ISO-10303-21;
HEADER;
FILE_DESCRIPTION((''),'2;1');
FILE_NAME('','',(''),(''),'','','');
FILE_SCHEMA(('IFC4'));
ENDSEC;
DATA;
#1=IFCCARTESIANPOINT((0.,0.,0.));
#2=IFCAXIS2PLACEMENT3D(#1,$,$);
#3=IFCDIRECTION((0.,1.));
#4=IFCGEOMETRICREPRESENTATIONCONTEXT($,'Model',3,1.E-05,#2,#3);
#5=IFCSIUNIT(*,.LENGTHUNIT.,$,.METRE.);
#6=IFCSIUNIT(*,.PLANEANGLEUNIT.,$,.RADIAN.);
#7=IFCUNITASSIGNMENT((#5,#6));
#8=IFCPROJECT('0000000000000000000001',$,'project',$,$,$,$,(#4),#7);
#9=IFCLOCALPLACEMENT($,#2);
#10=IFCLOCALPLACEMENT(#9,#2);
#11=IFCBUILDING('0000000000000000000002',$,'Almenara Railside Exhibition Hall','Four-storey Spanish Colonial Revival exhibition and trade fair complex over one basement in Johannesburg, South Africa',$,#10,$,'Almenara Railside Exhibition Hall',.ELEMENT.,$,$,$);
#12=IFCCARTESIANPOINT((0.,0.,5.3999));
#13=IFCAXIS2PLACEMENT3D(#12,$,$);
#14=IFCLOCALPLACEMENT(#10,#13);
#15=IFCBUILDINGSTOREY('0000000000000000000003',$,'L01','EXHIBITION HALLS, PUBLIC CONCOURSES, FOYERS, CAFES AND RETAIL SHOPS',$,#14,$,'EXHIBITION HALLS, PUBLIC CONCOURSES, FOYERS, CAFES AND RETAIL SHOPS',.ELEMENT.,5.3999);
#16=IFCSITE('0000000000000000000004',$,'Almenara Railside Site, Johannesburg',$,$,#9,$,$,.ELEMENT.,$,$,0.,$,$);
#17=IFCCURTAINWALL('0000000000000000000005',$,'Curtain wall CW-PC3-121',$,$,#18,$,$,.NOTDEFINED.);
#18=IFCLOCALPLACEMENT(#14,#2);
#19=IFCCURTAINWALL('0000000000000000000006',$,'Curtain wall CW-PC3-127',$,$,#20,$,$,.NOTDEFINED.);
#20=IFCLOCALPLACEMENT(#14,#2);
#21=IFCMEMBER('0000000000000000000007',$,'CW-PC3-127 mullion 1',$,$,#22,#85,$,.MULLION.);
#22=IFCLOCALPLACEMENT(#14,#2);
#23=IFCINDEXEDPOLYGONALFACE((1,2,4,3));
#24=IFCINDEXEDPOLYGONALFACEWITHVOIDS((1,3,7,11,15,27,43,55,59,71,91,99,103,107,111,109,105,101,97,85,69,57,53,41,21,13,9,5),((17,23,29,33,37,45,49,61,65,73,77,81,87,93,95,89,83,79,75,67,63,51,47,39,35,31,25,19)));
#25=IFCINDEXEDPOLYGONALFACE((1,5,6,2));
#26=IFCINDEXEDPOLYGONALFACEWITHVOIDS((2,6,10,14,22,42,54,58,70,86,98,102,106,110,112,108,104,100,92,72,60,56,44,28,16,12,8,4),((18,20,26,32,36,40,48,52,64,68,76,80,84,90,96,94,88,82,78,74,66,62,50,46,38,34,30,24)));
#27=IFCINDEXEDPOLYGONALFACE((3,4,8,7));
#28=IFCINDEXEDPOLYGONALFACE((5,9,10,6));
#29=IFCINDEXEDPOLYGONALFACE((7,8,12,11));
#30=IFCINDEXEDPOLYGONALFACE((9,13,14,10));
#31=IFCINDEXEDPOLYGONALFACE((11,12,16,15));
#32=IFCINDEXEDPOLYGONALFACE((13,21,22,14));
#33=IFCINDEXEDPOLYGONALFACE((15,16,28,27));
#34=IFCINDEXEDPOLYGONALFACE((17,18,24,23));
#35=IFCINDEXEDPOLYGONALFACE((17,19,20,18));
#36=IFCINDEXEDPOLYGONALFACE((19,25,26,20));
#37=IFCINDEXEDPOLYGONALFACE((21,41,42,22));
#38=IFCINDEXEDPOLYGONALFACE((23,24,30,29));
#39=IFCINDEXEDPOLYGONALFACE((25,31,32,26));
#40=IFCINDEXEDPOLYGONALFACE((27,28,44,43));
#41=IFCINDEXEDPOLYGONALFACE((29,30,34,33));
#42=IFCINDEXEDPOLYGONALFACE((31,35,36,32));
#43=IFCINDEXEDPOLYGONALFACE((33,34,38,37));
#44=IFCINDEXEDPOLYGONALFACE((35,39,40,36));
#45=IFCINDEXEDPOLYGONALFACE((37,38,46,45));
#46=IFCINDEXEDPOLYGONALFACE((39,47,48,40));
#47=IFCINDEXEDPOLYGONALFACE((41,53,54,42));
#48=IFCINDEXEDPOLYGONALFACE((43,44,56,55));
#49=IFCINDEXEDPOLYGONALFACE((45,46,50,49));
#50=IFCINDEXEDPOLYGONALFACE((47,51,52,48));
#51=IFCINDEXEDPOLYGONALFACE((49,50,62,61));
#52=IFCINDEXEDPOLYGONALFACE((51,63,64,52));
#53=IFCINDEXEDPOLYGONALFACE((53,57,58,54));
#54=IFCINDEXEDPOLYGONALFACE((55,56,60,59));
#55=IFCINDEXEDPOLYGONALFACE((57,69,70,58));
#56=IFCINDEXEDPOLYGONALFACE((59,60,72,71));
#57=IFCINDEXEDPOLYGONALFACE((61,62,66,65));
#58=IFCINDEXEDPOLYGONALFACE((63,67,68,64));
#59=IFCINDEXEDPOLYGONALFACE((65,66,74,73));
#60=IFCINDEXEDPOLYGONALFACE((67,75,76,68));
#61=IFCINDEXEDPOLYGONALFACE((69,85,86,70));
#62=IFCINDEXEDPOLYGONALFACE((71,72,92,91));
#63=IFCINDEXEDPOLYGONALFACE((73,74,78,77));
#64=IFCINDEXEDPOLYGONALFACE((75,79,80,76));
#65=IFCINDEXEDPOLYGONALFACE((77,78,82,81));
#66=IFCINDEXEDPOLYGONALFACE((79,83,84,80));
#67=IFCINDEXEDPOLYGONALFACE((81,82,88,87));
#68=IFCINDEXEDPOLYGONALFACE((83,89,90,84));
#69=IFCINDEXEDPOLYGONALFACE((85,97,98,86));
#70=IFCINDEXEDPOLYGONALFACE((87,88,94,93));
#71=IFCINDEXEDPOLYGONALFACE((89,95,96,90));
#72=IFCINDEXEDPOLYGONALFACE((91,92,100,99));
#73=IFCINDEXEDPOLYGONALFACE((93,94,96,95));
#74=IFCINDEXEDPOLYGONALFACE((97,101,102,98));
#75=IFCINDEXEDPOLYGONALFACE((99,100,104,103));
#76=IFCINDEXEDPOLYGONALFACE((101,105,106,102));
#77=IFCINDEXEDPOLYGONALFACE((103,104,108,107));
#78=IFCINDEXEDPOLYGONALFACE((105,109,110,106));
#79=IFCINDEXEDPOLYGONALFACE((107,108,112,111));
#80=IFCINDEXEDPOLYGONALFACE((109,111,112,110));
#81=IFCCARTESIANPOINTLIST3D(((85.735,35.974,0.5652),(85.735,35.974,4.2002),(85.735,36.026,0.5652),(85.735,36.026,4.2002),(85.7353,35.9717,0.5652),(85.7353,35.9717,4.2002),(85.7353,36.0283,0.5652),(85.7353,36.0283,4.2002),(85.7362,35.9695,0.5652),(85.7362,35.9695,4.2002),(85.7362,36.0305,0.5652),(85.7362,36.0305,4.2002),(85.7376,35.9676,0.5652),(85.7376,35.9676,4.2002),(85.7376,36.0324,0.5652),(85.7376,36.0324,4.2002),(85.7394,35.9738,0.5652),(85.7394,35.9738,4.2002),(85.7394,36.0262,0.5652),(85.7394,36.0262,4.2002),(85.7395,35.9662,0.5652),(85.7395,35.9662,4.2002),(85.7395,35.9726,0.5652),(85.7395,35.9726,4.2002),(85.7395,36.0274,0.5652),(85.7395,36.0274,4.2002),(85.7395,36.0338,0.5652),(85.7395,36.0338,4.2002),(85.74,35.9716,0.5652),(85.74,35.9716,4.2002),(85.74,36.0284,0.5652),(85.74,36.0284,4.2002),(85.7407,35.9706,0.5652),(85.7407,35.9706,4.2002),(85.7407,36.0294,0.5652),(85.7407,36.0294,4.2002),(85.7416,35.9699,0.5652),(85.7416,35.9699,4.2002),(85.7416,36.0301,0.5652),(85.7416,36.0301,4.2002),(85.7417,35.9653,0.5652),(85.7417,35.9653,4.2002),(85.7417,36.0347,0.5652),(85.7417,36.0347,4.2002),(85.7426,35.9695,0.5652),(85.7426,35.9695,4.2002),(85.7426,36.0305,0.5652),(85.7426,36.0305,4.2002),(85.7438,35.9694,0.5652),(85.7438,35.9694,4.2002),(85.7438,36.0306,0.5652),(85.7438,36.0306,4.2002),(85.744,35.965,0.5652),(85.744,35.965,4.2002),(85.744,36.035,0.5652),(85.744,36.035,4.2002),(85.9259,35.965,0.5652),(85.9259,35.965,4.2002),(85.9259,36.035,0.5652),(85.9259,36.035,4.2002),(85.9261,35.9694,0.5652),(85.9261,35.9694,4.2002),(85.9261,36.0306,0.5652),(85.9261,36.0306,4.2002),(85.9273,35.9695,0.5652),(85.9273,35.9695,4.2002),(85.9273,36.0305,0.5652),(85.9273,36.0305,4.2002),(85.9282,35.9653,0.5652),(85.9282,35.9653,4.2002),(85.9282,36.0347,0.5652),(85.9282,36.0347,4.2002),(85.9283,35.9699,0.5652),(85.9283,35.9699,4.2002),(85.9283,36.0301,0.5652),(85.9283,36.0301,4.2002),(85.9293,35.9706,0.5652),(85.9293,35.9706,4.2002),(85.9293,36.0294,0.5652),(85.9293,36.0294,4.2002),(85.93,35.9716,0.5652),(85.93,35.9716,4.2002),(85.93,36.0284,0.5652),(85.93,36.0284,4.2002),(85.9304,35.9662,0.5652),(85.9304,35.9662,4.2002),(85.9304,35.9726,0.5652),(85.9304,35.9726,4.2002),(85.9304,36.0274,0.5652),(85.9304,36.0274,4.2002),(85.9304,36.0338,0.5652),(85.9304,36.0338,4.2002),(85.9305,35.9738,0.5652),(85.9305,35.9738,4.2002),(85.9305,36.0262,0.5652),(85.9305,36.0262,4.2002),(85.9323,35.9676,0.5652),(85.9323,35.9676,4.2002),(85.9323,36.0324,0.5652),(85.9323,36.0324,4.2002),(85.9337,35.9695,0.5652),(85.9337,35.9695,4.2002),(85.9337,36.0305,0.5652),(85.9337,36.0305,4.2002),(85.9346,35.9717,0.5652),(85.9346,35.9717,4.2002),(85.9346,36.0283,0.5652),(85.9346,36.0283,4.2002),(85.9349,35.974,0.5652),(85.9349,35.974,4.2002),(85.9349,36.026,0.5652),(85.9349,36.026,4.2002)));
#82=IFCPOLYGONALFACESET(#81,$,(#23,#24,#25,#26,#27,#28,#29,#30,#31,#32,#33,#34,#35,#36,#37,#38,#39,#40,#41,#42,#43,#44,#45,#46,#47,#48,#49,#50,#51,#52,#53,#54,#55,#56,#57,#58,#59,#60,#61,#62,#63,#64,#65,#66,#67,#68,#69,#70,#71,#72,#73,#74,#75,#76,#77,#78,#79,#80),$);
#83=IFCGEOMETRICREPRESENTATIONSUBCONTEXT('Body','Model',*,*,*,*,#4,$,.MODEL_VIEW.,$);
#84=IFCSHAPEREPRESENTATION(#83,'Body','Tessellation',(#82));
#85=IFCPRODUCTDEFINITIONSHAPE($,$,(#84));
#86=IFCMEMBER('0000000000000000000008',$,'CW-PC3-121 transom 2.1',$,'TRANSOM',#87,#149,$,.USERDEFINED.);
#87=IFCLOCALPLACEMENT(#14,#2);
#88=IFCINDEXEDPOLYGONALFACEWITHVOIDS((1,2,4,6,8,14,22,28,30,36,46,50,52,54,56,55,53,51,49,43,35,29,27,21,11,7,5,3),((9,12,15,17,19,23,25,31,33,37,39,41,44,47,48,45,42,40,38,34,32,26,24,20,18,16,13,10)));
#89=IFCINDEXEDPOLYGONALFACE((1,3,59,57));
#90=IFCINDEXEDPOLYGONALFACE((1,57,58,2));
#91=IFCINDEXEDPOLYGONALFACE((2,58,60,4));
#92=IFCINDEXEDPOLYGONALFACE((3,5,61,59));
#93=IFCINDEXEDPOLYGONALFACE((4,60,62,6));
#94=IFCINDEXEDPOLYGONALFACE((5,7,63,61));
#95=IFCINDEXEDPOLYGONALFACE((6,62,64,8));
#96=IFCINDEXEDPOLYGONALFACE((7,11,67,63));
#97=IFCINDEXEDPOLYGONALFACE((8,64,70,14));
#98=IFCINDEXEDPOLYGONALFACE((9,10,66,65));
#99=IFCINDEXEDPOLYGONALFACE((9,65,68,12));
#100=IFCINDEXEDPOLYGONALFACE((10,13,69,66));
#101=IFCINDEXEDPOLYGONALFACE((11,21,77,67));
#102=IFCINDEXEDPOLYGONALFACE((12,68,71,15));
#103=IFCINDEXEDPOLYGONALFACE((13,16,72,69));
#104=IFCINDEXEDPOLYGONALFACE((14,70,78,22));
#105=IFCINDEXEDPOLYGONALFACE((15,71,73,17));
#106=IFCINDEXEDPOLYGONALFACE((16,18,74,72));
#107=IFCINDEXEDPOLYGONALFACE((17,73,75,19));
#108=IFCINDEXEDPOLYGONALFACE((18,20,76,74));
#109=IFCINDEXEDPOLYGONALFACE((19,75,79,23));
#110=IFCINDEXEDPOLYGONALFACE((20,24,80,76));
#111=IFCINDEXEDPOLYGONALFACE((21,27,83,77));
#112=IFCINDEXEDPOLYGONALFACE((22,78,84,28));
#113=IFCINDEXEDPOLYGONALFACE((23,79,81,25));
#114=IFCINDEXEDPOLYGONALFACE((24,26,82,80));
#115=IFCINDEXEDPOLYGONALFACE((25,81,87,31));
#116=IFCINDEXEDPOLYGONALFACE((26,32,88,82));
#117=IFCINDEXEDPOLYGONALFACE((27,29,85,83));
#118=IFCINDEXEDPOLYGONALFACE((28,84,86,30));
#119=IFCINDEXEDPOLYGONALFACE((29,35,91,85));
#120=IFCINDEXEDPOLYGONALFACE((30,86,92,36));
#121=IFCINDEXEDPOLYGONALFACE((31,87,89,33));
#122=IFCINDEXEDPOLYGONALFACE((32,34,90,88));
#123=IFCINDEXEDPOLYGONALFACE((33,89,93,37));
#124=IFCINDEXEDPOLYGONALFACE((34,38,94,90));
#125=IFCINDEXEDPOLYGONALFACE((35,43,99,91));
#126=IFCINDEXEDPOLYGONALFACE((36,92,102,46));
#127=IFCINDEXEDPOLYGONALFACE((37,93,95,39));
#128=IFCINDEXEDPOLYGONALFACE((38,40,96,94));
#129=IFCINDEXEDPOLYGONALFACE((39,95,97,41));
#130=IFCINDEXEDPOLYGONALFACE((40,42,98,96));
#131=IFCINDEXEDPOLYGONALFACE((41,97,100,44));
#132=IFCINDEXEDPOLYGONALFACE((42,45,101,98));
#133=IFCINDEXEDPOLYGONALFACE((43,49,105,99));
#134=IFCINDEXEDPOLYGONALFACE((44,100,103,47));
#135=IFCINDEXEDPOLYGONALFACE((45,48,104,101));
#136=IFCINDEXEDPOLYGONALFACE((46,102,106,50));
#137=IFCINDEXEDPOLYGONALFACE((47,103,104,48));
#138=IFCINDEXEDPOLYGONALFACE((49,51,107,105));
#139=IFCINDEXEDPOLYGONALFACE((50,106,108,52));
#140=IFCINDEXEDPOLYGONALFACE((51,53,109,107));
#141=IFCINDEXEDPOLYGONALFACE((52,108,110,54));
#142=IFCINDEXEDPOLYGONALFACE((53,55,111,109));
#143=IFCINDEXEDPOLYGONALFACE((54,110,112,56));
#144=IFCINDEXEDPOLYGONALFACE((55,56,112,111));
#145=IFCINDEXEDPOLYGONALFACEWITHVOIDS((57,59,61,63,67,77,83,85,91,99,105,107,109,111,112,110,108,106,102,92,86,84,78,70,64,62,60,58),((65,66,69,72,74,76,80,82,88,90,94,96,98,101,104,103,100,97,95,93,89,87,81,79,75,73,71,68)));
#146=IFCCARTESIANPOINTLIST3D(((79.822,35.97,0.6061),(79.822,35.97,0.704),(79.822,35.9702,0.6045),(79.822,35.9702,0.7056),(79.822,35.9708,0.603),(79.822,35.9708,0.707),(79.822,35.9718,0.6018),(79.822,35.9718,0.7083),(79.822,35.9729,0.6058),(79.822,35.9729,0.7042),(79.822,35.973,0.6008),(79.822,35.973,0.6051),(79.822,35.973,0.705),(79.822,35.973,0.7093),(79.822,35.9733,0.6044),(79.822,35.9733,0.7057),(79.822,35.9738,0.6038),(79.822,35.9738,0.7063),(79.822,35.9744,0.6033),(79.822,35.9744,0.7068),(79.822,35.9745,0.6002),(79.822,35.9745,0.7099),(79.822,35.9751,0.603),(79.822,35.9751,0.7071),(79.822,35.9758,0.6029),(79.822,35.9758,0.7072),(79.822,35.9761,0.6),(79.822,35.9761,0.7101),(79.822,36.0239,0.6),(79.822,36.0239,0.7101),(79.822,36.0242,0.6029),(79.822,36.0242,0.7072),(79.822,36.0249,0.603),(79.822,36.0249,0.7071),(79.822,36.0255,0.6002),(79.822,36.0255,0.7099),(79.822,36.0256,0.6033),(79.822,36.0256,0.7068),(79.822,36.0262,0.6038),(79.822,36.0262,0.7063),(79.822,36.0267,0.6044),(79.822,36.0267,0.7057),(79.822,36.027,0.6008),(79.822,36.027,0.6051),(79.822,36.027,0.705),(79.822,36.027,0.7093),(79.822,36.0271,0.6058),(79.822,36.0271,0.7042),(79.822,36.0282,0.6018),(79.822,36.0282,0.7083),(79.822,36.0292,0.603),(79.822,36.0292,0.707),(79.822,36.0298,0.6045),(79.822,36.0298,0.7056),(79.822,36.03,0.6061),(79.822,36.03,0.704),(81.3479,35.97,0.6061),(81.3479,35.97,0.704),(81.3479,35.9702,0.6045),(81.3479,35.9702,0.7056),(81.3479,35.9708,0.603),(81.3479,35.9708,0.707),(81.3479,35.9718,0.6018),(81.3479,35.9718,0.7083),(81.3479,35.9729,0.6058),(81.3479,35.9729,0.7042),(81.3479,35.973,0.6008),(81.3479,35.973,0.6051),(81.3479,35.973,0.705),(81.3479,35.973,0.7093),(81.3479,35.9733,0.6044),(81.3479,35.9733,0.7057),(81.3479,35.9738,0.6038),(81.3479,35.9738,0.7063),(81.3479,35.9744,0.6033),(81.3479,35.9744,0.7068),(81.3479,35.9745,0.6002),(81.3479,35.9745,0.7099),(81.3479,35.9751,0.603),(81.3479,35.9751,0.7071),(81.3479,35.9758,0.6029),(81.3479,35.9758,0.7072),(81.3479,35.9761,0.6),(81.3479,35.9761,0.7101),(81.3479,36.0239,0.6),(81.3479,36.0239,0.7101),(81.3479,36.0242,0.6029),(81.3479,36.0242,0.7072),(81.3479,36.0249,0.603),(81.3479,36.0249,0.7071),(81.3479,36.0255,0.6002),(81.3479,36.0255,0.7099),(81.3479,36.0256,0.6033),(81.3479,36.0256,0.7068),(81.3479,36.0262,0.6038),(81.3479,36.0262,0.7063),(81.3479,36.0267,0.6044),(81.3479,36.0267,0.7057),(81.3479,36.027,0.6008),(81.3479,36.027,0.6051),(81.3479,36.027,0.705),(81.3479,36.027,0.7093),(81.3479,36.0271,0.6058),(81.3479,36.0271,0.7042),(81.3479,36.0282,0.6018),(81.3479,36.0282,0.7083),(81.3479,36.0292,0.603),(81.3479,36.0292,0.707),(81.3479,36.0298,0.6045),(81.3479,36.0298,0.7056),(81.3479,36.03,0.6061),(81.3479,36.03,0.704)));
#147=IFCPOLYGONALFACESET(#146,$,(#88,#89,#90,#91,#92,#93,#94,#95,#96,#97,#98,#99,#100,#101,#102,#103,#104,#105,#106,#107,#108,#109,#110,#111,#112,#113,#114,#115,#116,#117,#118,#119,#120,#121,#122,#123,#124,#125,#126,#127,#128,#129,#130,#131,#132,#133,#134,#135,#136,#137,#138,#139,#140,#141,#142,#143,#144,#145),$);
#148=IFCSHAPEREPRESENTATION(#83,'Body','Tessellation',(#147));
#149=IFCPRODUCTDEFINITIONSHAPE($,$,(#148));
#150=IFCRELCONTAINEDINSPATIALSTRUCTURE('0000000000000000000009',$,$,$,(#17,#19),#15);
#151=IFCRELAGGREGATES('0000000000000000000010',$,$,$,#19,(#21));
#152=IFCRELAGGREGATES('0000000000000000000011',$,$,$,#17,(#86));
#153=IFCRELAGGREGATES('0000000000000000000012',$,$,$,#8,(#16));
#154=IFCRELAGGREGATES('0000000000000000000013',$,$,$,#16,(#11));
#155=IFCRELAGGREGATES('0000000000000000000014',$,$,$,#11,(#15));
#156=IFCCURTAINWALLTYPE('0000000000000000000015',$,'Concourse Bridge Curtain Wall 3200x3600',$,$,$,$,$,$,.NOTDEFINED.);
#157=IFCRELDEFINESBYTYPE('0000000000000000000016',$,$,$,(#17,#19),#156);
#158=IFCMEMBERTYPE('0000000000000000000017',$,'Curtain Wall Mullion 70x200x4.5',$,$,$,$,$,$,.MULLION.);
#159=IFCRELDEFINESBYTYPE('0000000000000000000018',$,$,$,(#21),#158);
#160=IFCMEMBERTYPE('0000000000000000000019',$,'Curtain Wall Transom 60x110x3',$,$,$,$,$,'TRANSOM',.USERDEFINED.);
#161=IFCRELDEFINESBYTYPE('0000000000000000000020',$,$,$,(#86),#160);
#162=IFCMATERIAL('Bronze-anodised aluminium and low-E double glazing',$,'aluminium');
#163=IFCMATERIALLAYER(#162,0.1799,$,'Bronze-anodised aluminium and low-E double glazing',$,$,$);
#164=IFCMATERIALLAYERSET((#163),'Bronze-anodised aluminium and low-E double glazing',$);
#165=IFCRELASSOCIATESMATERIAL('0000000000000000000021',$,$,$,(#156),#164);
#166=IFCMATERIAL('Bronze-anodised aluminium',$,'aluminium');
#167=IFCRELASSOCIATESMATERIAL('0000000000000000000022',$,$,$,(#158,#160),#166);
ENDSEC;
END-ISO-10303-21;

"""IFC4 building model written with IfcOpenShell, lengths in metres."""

from ifc_helpers import new_model, si_unit, direction, frame, origin, origin_2d, place, context, subcontext, project, spatial, hollow_rectangle, extrude, material, layer, layer_set, material_profile, profile_set, type_object, element, aggregate, save


model = new_model("IFC4")

# Units and contexts
model_context = context("Model", 3, precision=1e-05, world=origin(), true_north=direction((0.0, 1.0)))
body_context = subcontext(model_context, "Body", "Model", "MODEL_VIEW")
ifc_project = project(units=[si_unit("LENGTHUNIT", "METRE"), si_unit("PLANEANGLEUNIT", "RADIAN")], contexts=[model_context])

# Site, building, storey
site_placement = place(None, origin())
site = spatial("IfcSite", under=ifc_project, at=site_placement, Name="Almenara Railside Site, Johannesburg", CompositionType="ELEMENT", RefElevation=0.0)
building_placement = place(site_placement, origin())
building = spatial("IfcBuilding", under=site, at=building_placement, Name="Almenara Railside Exhibition Hall", Description="Four-storey Spanish Colonial Revival exhibition and trade fair complex over one basement in Johannesburg, South Africa", LongName="Almenara Railside Exhibition Hall", CompositionType="ELEMENT")
storey_placement = place(building_placement, frame((0.0, 0.0, 5.3999)))
storey = spatial("IfcBuildingStorey", under=building, at=storey_placement, Name="L01", Description="EXHIBITION HALLS, PUBLIC CONCOURSES, FOYERS, CAFES AND RETAIL SHOPS", LongName="EXHIBITION HALLS, PUBLIC CONCOURSES, FOYERS, CAFES AND RETAIL SHOPS", CompositionType="ELEMENT", Elevation=5.3999)

# Curtain wall
ifc_material_1 = material(Name="Bronze-anodised aluminium and low-E double glazing", Category="aluminium")
ifc_layer_1 = layer(ifc_material_1, 0.1799, Name="Bronze-anodised aluminium and low-E double glazing")
ifc_layer_set_1 = layer_set([ifc_layer_1], Name="Bronze-anodised aluminium and low-E double glazing")
curtain_wall_type = type_object("IfcCurtainWallType", Name="Concourse Bridge Curtain Wall 3200x3600", PredefinedType="NOTDEFINED", material=ifc_layer_set_1)
curtain_wall_1_placement = place(storey_placement, origin())
curtain_wall_1 = element("IfcCurtainWall", 1, at=curtain_wall_1_placement, inside=storey, type_object=curtain_wall_type, Name="Curtain wall CW-PC3-121", PredefinedType="NOTDEFINED")
ifc_material_2 = material(Name="Bronze-anodised aluminium", Category="aluminium")

# Curtain wall, member
curtain_wall_2_placement = place(storey_placement, origin())
curtain_wall_2 = element("IfcCurtainWall", 2, at=curtain_wall_2_placement, inside=storey, type_object=curtain_wall_type, Name="Curtain wall CW-PC3-127", PredefinedType="NOTDEFINED")
ifc_material_profile_1 = material_profile(ifc_material_2, hollow_rectangle(XDim=0.0701, YDim=0.2, WallThickness=0.0044, InnerFilletRadius=0.0044, OuterFilletRadius=0.009, at=origin_2d()), Name="ALU-MUL 70x200x4.5")
ifc_profile_set_1 = profile_set([ifc_material_profile_1], Name="Bronze-anodised aluminium")
member_type_1 = type_object("IfcMemberType", Name="Curtain Wall Mullion 70x200x4.5", PredefinedType="MULLION", material=ifc_profile_set_1)
member_1_placement = place(storey_placement, frame((85.835, 36.0, 0.5652), z_axis=(0.0, 0.0, 1.0), x_axis=(0.0, 1.0, 0.0)))
member_1 = element("IfcMember", 3, at=member_1_placement, type_object=member_type_1, Name="CW-PC3-127 mullion 1", PredefinedType="MULLION", context=body_context, shape_type="SweptSolid", body=[
    extrude(hollow_rectangle(XDim=0.0701, YDim=0.2, WallThickness=0.0044, InnerFilletRadius=0.0044, OuterFilletRadius=0.009, at=origin_2d()), origin(), (0.0, 0.0, 1.0), 3.635),
])

# Member
ifc_material_profile_2 = material_profile(ifc_material_2, hollow_rectangle(XDim=0.0601, YDim=0.1101, WallThickness=0.0029, InnerFilletRadius=0.0029, OuterFilletRadius=0.0061, at=origin_2d()), Name="ALU-TRN 60x110x3")
ifc_profile_set_2 = profile_set([ifc_material_profile_2], Name="Bronze-anodised aluminium")
member_type_2 = type_object("IfcMemberType", Name="Curtain Wall Transom 60x110x3", ElementType="TRANSOM", PredefinedType="USERDEFINED", material=ifc_profile_set_2)
member_2_placement = place(storey_placement, frame((79.822, 36.0, 0.655), z_axis=(1.0, 0.0, 0.0), x_axis=(0.0, 1.0, 0.0)))
member_2 = element("IfcMember", 4, at=member_2_placement, type_object=member_type_2, Name="CW-PC3-121 transom 2.1", ObjectType="TRANSOM", PredefinedType="USERDEFINED", context=body_context, shape_type="SweptSolid", body=[
    extrude(hollow_rectangle(XDim=0.0601, YDim=0.1101, WallThickness=0.0029, InnerFilletRadius=0.0029, OuterFilletRadius=0.0061, at=origin_2d()), origin(), (0.0, 0.0, 1.0), 1.5259),
])
aggregate(curtain_wall_2, [member_1])

aggregate(curtain_wall_1, [member_2])

save(model, "model.ifc")
